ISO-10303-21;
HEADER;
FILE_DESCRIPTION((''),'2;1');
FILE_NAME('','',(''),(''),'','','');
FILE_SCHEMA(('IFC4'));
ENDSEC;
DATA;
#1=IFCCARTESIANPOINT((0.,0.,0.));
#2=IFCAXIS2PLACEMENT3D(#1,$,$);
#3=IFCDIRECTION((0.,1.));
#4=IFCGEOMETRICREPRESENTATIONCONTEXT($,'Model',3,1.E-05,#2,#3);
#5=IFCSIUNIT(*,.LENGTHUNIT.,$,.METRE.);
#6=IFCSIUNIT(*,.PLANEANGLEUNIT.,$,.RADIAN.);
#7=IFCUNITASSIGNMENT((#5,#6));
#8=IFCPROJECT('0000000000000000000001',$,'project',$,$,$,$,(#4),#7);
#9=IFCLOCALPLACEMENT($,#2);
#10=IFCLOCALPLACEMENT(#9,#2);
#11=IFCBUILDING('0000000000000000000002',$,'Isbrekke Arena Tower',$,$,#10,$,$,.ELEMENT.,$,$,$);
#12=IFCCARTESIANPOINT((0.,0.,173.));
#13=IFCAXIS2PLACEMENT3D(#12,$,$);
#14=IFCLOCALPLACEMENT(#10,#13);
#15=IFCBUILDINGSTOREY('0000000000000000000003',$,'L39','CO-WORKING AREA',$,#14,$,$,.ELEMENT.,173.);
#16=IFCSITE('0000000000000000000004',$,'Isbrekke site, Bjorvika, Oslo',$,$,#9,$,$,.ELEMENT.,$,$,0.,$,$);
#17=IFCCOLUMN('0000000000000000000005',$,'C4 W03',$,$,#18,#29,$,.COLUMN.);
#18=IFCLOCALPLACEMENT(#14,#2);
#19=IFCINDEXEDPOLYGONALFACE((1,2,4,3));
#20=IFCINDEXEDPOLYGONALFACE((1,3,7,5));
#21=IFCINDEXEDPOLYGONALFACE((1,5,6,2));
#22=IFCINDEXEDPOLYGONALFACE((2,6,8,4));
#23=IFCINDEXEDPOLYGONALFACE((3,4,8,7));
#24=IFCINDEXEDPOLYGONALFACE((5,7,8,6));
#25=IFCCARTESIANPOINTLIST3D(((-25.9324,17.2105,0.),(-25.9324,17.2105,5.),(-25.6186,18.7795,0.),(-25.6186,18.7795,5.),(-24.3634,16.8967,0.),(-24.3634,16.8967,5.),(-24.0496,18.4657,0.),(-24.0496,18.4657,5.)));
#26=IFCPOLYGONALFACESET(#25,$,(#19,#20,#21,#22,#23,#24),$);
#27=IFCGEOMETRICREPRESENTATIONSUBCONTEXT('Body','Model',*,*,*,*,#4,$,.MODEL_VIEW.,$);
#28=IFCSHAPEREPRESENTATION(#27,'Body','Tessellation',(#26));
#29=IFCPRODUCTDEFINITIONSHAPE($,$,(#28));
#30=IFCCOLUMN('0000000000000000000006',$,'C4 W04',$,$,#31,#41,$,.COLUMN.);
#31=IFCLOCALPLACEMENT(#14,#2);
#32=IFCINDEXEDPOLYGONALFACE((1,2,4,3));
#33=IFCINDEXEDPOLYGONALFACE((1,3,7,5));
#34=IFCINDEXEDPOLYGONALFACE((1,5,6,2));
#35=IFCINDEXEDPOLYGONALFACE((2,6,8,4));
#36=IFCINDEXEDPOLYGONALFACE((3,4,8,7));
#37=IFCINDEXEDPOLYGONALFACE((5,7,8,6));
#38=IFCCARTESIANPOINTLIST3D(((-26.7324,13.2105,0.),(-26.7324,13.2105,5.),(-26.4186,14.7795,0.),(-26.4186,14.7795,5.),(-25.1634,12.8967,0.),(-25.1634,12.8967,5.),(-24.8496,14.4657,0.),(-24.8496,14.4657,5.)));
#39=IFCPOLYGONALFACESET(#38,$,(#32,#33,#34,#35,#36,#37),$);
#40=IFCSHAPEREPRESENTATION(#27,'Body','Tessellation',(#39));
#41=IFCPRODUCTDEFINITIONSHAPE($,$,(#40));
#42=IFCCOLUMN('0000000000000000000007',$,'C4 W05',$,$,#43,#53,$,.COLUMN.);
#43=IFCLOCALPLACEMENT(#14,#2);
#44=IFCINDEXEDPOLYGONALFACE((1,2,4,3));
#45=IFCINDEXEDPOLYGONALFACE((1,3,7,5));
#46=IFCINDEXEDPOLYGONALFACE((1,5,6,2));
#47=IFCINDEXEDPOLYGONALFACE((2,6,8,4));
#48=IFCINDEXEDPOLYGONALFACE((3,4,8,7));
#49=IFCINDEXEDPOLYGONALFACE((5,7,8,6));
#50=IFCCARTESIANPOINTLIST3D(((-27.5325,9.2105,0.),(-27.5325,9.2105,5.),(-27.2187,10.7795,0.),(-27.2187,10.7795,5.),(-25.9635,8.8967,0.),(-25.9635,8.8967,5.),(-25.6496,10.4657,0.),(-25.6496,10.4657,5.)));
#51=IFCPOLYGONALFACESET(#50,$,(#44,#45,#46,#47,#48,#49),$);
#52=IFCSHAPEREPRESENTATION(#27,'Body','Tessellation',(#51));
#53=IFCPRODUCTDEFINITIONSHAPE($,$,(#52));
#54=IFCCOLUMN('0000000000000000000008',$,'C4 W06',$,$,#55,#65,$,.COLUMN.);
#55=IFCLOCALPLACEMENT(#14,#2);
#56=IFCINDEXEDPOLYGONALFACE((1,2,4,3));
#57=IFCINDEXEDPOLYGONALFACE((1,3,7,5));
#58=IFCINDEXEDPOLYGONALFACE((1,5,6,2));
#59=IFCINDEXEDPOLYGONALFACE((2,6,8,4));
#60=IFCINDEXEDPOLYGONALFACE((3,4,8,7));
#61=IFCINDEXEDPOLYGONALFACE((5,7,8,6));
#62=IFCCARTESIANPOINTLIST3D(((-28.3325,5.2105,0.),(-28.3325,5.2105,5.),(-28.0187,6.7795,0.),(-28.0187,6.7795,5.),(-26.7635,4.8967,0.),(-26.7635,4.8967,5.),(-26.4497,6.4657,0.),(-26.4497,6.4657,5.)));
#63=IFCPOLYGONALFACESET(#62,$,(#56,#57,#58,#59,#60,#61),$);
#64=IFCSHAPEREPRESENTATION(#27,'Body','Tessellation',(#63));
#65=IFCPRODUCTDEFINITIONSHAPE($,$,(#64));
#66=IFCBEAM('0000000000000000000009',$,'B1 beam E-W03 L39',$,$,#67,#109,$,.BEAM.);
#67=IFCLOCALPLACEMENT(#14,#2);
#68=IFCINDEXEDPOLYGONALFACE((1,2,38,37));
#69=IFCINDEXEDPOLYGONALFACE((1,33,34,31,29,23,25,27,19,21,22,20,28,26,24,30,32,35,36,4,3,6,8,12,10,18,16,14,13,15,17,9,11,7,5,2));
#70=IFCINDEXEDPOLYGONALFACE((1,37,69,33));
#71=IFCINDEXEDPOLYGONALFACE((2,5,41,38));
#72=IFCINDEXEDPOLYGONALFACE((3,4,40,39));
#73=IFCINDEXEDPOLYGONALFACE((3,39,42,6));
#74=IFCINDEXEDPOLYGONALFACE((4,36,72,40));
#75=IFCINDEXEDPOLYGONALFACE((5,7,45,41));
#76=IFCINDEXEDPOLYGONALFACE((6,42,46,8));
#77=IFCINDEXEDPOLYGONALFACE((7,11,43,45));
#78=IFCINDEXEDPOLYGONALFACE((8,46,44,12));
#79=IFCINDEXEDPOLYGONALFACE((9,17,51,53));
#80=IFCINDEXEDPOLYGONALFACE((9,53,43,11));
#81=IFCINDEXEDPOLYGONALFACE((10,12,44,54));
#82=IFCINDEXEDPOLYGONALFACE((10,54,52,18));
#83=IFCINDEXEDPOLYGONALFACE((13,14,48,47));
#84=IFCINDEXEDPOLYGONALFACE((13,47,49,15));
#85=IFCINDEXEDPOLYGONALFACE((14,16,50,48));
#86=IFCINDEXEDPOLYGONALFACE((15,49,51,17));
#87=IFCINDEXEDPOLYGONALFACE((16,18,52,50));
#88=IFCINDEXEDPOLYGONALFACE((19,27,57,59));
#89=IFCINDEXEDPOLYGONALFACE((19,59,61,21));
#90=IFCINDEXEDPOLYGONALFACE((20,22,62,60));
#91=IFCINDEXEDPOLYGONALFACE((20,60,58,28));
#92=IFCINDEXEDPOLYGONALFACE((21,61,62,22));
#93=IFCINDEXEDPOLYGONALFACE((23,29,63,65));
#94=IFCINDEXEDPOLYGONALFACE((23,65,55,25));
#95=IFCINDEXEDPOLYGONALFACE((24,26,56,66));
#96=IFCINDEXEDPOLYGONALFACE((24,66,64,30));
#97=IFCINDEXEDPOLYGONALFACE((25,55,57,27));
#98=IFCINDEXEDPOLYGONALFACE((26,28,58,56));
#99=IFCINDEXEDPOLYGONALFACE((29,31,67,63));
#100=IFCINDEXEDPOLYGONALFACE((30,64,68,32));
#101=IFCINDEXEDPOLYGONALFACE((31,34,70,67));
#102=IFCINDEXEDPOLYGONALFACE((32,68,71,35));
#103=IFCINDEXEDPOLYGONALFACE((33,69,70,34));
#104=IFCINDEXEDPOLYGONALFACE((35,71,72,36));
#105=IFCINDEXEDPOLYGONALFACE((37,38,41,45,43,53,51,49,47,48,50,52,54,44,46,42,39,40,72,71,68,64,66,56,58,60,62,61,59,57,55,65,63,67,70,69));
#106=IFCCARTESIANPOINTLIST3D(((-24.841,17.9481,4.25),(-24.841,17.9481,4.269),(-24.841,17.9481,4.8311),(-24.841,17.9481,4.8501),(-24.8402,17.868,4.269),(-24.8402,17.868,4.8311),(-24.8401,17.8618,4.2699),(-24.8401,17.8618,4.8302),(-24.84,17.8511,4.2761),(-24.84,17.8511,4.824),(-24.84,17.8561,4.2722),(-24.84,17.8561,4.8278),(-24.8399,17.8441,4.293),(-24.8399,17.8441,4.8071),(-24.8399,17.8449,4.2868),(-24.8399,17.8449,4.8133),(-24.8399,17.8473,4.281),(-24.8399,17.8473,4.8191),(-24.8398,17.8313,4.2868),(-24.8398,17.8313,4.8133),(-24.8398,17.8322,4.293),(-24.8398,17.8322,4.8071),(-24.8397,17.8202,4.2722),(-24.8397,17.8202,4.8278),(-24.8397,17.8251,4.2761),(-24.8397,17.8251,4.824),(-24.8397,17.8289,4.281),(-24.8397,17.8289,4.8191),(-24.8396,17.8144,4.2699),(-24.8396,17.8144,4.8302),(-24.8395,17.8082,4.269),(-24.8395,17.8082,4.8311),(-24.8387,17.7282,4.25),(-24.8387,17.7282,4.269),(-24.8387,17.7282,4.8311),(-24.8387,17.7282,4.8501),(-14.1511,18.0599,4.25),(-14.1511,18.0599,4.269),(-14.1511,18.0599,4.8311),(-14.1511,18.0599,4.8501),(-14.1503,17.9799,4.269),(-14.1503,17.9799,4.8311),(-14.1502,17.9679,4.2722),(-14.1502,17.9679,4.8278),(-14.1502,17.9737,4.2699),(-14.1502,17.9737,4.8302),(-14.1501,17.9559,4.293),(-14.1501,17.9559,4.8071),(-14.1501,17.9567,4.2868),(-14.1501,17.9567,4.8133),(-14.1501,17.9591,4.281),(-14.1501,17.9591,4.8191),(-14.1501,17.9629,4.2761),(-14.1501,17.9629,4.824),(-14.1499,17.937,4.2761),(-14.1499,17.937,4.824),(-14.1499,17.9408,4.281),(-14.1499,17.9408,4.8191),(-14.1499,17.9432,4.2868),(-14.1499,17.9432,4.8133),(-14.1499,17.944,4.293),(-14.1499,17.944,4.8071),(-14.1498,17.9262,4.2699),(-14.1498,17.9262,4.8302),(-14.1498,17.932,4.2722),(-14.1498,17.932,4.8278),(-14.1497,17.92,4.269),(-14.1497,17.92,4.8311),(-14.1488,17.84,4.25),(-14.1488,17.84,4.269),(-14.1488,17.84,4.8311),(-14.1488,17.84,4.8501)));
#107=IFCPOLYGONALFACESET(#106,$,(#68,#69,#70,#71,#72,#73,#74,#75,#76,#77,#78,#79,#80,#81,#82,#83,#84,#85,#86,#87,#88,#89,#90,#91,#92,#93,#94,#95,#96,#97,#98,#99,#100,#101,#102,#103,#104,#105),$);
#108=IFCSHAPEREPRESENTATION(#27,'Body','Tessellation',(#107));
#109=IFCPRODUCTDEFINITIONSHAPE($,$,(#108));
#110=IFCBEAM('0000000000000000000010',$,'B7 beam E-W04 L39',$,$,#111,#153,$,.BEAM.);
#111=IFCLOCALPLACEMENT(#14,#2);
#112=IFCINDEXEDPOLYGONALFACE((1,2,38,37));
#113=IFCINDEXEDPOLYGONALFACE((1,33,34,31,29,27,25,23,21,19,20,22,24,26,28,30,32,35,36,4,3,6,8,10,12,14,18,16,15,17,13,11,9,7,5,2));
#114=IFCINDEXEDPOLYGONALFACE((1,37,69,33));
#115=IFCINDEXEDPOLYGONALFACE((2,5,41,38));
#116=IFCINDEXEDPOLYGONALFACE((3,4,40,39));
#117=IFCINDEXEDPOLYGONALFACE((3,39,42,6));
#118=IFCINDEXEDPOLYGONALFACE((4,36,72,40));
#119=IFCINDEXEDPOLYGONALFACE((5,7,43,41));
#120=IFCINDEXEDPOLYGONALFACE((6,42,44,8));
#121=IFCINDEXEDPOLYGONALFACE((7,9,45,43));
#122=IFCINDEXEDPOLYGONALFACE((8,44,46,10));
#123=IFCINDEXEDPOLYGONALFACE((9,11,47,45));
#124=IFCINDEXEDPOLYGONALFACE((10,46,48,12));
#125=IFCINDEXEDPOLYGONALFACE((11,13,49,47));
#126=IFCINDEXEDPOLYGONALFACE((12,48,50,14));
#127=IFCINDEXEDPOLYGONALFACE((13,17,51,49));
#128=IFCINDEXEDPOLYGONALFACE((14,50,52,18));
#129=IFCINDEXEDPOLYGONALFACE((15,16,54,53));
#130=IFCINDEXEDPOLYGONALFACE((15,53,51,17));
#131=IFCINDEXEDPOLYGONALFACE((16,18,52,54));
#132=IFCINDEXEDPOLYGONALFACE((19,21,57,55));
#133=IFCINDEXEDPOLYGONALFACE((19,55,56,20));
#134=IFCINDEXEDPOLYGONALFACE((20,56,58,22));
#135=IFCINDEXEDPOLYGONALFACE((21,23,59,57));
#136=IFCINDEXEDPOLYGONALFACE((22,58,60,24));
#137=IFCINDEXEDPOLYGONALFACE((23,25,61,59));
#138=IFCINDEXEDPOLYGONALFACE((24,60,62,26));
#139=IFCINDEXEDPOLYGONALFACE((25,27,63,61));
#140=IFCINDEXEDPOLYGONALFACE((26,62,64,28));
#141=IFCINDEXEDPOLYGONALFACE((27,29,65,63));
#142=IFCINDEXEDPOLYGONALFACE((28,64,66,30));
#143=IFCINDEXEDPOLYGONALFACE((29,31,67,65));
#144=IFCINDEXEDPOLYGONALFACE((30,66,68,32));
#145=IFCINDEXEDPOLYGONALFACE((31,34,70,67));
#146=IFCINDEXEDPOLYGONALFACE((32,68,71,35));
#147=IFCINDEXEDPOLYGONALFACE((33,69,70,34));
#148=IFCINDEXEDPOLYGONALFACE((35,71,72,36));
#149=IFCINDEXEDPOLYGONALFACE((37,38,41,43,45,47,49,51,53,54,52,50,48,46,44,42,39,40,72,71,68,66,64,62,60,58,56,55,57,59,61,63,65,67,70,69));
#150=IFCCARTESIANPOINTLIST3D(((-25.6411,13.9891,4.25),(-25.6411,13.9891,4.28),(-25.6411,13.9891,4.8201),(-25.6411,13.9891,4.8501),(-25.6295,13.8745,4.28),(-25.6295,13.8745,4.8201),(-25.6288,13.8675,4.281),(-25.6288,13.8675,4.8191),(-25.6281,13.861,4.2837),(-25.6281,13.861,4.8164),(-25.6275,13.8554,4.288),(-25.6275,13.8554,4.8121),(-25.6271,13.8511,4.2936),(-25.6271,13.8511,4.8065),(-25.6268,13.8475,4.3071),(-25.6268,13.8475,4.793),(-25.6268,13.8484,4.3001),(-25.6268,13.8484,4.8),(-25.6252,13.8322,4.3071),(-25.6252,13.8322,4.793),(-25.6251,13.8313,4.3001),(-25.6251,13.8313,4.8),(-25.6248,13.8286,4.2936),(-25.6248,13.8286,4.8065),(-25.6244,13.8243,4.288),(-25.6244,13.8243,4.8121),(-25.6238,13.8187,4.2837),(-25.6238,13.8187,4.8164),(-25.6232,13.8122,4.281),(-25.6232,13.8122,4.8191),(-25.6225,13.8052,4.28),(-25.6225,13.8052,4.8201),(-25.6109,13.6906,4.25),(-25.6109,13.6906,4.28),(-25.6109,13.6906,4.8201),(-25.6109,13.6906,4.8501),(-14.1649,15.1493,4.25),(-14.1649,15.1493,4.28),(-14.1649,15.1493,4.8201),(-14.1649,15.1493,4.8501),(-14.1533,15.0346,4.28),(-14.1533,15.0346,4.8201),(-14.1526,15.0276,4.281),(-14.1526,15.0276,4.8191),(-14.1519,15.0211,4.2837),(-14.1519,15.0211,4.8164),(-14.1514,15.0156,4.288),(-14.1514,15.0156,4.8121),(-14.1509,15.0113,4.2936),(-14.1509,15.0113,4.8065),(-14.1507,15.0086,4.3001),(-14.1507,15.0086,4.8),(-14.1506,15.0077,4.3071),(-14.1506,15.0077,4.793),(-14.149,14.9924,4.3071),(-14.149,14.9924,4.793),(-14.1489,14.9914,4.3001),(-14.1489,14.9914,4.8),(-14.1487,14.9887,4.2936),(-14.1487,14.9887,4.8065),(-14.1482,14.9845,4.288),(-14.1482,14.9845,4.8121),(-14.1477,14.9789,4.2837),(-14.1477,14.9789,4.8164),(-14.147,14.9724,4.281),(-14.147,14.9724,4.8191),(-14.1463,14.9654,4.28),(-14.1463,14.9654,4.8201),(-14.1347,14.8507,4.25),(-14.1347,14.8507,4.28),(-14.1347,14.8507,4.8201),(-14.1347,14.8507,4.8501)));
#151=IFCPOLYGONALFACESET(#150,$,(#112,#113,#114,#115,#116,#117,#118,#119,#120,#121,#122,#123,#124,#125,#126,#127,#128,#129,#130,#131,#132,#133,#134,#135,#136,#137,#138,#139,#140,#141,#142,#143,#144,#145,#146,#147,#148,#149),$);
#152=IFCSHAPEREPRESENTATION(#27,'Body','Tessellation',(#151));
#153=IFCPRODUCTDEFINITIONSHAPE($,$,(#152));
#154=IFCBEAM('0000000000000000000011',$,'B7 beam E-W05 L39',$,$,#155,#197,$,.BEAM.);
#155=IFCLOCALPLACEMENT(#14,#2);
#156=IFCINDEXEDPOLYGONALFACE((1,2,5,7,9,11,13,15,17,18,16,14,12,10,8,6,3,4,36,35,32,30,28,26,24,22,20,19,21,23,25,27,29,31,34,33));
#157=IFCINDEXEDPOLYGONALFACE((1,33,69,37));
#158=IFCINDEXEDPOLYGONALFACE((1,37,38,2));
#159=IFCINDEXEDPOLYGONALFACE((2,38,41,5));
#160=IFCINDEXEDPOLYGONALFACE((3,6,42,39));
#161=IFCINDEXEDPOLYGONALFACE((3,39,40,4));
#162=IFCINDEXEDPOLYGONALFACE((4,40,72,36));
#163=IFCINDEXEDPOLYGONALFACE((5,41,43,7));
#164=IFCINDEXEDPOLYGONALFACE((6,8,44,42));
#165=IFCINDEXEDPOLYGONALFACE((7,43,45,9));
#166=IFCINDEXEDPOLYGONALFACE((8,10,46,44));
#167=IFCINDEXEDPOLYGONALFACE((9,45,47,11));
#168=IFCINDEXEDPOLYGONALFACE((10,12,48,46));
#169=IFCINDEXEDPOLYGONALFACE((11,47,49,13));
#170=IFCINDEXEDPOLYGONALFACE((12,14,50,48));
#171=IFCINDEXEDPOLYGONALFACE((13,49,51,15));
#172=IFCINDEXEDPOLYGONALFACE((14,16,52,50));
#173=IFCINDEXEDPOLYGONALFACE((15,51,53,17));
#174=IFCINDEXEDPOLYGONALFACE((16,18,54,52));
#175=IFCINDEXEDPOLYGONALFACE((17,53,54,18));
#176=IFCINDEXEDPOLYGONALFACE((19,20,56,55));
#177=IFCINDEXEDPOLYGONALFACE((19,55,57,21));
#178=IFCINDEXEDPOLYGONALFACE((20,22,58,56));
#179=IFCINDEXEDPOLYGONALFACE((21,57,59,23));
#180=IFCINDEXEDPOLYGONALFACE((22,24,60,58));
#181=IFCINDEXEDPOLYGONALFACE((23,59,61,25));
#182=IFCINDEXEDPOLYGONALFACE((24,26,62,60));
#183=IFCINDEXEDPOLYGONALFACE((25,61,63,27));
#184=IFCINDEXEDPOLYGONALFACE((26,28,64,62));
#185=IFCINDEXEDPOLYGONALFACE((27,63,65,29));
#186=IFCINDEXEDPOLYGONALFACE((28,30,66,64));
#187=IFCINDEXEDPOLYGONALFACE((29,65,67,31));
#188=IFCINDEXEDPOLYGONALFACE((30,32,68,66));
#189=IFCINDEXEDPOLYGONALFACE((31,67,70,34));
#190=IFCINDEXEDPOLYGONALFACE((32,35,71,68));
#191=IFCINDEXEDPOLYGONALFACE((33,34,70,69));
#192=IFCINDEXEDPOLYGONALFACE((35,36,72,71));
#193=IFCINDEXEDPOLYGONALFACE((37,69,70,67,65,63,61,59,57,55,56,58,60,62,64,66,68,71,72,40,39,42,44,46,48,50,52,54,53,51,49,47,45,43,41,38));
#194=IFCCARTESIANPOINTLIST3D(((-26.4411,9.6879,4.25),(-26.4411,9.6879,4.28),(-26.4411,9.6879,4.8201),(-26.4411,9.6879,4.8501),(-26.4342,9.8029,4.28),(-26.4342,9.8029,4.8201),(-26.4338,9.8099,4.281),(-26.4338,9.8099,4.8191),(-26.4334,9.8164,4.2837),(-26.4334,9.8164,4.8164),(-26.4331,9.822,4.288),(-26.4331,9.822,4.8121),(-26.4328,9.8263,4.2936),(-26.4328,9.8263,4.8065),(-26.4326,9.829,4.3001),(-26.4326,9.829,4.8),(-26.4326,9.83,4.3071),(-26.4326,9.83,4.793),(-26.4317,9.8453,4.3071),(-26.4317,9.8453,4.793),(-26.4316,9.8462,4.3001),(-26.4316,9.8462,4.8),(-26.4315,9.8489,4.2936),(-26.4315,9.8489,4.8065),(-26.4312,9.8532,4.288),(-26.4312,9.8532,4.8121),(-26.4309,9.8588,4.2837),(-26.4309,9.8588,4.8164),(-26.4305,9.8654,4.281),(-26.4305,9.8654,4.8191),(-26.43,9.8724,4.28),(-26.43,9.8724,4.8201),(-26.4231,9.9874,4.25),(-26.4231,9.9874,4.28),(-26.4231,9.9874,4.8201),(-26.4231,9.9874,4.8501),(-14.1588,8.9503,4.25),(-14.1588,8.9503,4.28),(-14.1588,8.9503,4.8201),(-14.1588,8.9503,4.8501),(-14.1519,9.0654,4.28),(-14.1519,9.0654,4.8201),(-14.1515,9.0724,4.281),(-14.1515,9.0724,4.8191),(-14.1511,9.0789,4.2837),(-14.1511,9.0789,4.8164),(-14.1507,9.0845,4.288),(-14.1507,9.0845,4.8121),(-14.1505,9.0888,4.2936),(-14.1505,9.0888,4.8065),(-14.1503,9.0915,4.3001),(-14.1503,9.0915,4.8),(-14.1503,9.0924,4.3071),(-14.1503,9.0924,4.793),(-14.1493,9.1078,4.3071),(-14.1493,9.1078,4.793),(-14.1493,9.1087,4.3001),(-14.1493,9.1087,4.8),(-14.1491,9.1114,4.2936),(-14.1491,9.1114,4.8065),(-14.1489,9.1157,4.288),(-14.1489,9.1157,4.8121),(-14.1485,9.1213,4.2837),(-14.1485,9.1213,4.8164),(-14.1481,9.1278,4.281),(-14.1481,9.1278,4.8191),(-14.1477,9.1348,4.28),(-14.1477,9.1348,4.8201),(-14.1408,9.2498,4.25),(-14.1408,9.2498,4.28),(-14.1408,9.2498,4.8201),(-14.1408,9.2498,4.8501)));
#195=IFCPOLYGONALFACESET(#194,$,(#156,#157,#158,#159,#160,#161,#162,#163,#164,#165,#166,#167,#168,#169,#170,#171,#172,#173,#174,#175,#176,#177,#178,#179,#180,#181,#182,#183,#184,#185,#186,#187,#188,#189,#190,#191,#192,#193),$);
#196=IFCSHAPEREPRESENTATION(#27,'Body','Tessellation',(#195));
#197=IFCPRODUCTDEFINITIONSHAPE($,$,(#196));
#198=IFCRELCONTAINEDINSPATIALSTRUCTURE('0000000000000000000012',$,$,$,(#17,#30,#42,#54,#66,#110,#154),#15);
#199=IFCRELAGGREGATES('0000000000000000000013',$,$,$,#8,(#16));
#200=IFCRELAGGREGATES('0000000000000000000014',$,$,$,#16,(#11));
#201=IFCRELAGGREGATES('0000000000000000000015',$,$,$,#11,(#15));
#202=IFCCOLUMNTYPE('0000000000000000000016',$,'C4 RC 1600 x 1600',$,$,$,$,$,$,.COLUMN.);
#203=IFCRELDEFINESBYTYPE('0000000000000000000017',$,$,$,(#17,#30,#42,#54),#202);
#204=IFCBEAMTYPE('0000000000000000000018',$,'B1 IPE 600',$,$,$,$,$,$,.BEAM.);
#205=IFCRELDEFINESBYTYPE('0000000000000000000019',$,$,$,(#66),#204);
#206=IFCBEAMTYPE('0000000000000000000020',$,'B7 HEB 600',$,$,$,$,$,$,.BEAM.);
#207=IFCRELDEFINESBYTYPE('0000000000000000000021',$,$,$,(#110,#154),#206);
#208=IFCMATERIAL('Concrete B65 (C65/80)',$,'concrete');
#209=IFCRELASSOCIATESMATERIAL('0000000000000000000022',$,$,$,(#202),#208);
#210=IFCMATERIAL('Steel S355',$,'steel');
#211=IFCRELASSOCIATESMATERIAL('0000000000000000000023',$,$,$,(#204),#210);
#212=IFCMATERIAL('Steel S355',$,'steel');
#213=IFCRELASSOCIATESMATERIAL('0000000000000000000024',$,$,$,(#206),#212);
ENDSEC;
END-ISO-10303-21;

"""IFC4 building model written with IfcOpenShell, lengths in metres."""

from ifc_helpers import new_model, si_unit, direction, frame, origin, origin_2d, place, context, subcontext, project, spatial, rectangle, i_section, extrude, material, material_profile, profile_set, type_object, element, save


model = new_model("IFC4")

# Units and contexts
model_context = context("Model", 3, precision=1e-05, world=origin(), true_north=direction((0.0, 1.0)))
body_context = subcontext(model_context, "Body", "Model", "MODEL_VIEW")
ifc_project = project(units=[si_unit("LENGTHUNIT", "METRE"), si_unit("PLANEANGLEUNIT", "RADIAN")], contexts=[model_context])

# Site, building, storey
site_placement = place(None, origin())
site = spatial("IfcSite", under=ifc_project, at=site_placement, Name="Isbrekke site, Bjorvika, Oslo", CompositionType="ELEMENT", RefElevation=0.0)
building_placement = place(site_placement, origin())
building = spatial("IfcBuilding", under=site, at=building_placement, Name="Isbrekke Arena Tower", CompositionType="ELEMENT")
storey_placement = place(building_placement, frame((0.0, 0.0, 173.0)))
storey = spatial("IfcBuildingStorey", under=building, at=storey_placement, Name="L39", Description="CO-WORKING AREA", CompositionType="ELEMENT", Elevation=173.0)

# Columns
ifc_material_1 = material(Name="Concrete B65 (C65/80)", Category="concrete")
ifc_material_profile_1 = material_profile(ifc_material_1, rectangle(XDim=1.6001, YDim=1.6001, at=origin_2d()), Name="RC 1600x1600")
ifc_profile_set_1 = profile_set([ifc_material_profile_1], Name="Concrete B65 (C65/80)")
column_type = type_object("IfcColumnType", Name="C4 RC 1600 x 1600", PredefinedType="COLUMN", material=ifc_profile_set_1)
for number, where, z_axis, x_axis, name in (
    (1, (-24.991, 17.8381, 0.0), (0.0, 0.0, 1.0), (-0.196116, -0.980581, 0.0), "C4 W03"),
    (2, (-25.791, 13.8381, 0.0), (0.0, 0.0, 1.0), (-0.196116, -0.980581, 0.0), "C4 W04"),
    (3, (-26.5911, 9.8381, 0.0), (0.0, 0.0, 1.0), (-0.196116, -0.980581, 0.0), "C4 W05"),
    (4, (-27.3911, 5.8381, 0.0), (0.0, 0.0, 1.0), (-0.196116, -0.980581, 0.0), "C4 W06"),
):
    element("IfcColumn", number, at=place(storey_placement, frame(where, z_axis=z_axis, x_axis=x_axis)), inside=storey, type_object=column_type, Name=name, PredefinedType="COLUMN", context=body_context, shape_type="SweptSolid", body=[
        extrude(rectangle(XDim=1.6001, YDim=1.6001, at=origin_2d()), origin(), (0.0, 0.0, 1.0), 5.0),
    ])

# Beams
ifc_material_2 = material(Name="Steel S355", Category="steel")
ifc_material_profile_2 = material_profile(ifc_material_2, i_section(OverallWidth=0.22, OverallDepth=0.6001, WebThickness=0.012, FlangeThickness=0.019, FilletRadius=0.0239, at=origin_2d()), Name="IPE 600")
ifc_profile_set_2 = profile_set([ifc_material_profile_2], Name="Steel S355")
beam_type_1 = type_object("IfcBeamType", Name="B1 IPE 600", PredefinedType="BEAM", material=ifc_profile_set_2)
beam_1_placement = place(storey_placement, frame((-24.8398, 17.8381, 4.55), z_axis=(0.999945, 0.010459, 0.0), x_axis=(-0.010459, 0.999945, 0.0)))
element("IfcBeam", 5, at=beam_1_placement, inside=storey, type_object=beam_type_1, Name="B1 beam E-W03 L39", PredefinedType="BEAM", context=body_context, shape_type="SweptSolid", body=[
    extrude(i_section(OverallWidth=0.22, OverallDepth=0.6001, WebThickness=0.012, FlangeThickness=0.019, FilletRadius=0.0239, at=origin_2d()), origin(), (0.0, 0.0, 1.0), 10.6904),
])
ifc_material_3 = material(Name="Steel S355", Category="steel")
ifc_material_profile_3 = material_profile(ifc_material_3, i_section(OverallWidth=0.3, OverallDepth=0.6001, WebThickness=0.0154, FlangeThickness=0.03, FilletRadius=0.0271, at=origin_2d()), Name="HEB 600")
ifc_profile_set_3 = profile_set([ifc_material_profile_3], Name="Steel S355")
beam_type_2 = type_object("IfcBeamType", Name="B7 HEB 600", PredefinedType="BEAM", material=ifc_profile_set_3)
beam_2_placement = place(storey_placement, frame((-25.626, 13.8398, 4.55), z_axis=(0.994929, 0.100581, 0.0), x_axis=(-0.100581, 0.994929, 0.0)))
element("IfcBeam", 6, at=beam_2_placement, inside=storey, type_object=beam_type_2, Name="B7 beam E-W04 L39", PredefinedType="BEAM", context=body_context, shape_type="SweptSolid", body=[
    extrude(i_section(OverallWidth=0.3, OverallDepth=0.6001, WebThickness=0.0154, FlangeThickness=0.03, FilletRadius=0.0271, at=origin_2d()), origin(), (0.0, 0.0, 1.0), 11.5347),
])
beam_3_placement = place(storey_placement, frame((-26.4321, 9.8376, 4.55), z_axis=(0.998202, -0.059942, 0.0), x_axis=(0.059942, 0.998202, 0.0)))
element("IfcBeam", 7, at=beam_3_placement, inside=storey, type_object=beam_type_2, Name="B7 beam E-W05 L39", PredefinedType="BEAM", context=body_context, shape_type="SweptSolid", body=[
    extrude(i_section(OverallWidth=0.3, OverallDepth=0.6001, WebThickness=0.0154, FlangeThickness=0.03, FilletRadius=0.0271, at=origin_2d()), origin(), (0.0, 0.0, 1.0), 12.3044),
])

save(model, "model.ifc")
